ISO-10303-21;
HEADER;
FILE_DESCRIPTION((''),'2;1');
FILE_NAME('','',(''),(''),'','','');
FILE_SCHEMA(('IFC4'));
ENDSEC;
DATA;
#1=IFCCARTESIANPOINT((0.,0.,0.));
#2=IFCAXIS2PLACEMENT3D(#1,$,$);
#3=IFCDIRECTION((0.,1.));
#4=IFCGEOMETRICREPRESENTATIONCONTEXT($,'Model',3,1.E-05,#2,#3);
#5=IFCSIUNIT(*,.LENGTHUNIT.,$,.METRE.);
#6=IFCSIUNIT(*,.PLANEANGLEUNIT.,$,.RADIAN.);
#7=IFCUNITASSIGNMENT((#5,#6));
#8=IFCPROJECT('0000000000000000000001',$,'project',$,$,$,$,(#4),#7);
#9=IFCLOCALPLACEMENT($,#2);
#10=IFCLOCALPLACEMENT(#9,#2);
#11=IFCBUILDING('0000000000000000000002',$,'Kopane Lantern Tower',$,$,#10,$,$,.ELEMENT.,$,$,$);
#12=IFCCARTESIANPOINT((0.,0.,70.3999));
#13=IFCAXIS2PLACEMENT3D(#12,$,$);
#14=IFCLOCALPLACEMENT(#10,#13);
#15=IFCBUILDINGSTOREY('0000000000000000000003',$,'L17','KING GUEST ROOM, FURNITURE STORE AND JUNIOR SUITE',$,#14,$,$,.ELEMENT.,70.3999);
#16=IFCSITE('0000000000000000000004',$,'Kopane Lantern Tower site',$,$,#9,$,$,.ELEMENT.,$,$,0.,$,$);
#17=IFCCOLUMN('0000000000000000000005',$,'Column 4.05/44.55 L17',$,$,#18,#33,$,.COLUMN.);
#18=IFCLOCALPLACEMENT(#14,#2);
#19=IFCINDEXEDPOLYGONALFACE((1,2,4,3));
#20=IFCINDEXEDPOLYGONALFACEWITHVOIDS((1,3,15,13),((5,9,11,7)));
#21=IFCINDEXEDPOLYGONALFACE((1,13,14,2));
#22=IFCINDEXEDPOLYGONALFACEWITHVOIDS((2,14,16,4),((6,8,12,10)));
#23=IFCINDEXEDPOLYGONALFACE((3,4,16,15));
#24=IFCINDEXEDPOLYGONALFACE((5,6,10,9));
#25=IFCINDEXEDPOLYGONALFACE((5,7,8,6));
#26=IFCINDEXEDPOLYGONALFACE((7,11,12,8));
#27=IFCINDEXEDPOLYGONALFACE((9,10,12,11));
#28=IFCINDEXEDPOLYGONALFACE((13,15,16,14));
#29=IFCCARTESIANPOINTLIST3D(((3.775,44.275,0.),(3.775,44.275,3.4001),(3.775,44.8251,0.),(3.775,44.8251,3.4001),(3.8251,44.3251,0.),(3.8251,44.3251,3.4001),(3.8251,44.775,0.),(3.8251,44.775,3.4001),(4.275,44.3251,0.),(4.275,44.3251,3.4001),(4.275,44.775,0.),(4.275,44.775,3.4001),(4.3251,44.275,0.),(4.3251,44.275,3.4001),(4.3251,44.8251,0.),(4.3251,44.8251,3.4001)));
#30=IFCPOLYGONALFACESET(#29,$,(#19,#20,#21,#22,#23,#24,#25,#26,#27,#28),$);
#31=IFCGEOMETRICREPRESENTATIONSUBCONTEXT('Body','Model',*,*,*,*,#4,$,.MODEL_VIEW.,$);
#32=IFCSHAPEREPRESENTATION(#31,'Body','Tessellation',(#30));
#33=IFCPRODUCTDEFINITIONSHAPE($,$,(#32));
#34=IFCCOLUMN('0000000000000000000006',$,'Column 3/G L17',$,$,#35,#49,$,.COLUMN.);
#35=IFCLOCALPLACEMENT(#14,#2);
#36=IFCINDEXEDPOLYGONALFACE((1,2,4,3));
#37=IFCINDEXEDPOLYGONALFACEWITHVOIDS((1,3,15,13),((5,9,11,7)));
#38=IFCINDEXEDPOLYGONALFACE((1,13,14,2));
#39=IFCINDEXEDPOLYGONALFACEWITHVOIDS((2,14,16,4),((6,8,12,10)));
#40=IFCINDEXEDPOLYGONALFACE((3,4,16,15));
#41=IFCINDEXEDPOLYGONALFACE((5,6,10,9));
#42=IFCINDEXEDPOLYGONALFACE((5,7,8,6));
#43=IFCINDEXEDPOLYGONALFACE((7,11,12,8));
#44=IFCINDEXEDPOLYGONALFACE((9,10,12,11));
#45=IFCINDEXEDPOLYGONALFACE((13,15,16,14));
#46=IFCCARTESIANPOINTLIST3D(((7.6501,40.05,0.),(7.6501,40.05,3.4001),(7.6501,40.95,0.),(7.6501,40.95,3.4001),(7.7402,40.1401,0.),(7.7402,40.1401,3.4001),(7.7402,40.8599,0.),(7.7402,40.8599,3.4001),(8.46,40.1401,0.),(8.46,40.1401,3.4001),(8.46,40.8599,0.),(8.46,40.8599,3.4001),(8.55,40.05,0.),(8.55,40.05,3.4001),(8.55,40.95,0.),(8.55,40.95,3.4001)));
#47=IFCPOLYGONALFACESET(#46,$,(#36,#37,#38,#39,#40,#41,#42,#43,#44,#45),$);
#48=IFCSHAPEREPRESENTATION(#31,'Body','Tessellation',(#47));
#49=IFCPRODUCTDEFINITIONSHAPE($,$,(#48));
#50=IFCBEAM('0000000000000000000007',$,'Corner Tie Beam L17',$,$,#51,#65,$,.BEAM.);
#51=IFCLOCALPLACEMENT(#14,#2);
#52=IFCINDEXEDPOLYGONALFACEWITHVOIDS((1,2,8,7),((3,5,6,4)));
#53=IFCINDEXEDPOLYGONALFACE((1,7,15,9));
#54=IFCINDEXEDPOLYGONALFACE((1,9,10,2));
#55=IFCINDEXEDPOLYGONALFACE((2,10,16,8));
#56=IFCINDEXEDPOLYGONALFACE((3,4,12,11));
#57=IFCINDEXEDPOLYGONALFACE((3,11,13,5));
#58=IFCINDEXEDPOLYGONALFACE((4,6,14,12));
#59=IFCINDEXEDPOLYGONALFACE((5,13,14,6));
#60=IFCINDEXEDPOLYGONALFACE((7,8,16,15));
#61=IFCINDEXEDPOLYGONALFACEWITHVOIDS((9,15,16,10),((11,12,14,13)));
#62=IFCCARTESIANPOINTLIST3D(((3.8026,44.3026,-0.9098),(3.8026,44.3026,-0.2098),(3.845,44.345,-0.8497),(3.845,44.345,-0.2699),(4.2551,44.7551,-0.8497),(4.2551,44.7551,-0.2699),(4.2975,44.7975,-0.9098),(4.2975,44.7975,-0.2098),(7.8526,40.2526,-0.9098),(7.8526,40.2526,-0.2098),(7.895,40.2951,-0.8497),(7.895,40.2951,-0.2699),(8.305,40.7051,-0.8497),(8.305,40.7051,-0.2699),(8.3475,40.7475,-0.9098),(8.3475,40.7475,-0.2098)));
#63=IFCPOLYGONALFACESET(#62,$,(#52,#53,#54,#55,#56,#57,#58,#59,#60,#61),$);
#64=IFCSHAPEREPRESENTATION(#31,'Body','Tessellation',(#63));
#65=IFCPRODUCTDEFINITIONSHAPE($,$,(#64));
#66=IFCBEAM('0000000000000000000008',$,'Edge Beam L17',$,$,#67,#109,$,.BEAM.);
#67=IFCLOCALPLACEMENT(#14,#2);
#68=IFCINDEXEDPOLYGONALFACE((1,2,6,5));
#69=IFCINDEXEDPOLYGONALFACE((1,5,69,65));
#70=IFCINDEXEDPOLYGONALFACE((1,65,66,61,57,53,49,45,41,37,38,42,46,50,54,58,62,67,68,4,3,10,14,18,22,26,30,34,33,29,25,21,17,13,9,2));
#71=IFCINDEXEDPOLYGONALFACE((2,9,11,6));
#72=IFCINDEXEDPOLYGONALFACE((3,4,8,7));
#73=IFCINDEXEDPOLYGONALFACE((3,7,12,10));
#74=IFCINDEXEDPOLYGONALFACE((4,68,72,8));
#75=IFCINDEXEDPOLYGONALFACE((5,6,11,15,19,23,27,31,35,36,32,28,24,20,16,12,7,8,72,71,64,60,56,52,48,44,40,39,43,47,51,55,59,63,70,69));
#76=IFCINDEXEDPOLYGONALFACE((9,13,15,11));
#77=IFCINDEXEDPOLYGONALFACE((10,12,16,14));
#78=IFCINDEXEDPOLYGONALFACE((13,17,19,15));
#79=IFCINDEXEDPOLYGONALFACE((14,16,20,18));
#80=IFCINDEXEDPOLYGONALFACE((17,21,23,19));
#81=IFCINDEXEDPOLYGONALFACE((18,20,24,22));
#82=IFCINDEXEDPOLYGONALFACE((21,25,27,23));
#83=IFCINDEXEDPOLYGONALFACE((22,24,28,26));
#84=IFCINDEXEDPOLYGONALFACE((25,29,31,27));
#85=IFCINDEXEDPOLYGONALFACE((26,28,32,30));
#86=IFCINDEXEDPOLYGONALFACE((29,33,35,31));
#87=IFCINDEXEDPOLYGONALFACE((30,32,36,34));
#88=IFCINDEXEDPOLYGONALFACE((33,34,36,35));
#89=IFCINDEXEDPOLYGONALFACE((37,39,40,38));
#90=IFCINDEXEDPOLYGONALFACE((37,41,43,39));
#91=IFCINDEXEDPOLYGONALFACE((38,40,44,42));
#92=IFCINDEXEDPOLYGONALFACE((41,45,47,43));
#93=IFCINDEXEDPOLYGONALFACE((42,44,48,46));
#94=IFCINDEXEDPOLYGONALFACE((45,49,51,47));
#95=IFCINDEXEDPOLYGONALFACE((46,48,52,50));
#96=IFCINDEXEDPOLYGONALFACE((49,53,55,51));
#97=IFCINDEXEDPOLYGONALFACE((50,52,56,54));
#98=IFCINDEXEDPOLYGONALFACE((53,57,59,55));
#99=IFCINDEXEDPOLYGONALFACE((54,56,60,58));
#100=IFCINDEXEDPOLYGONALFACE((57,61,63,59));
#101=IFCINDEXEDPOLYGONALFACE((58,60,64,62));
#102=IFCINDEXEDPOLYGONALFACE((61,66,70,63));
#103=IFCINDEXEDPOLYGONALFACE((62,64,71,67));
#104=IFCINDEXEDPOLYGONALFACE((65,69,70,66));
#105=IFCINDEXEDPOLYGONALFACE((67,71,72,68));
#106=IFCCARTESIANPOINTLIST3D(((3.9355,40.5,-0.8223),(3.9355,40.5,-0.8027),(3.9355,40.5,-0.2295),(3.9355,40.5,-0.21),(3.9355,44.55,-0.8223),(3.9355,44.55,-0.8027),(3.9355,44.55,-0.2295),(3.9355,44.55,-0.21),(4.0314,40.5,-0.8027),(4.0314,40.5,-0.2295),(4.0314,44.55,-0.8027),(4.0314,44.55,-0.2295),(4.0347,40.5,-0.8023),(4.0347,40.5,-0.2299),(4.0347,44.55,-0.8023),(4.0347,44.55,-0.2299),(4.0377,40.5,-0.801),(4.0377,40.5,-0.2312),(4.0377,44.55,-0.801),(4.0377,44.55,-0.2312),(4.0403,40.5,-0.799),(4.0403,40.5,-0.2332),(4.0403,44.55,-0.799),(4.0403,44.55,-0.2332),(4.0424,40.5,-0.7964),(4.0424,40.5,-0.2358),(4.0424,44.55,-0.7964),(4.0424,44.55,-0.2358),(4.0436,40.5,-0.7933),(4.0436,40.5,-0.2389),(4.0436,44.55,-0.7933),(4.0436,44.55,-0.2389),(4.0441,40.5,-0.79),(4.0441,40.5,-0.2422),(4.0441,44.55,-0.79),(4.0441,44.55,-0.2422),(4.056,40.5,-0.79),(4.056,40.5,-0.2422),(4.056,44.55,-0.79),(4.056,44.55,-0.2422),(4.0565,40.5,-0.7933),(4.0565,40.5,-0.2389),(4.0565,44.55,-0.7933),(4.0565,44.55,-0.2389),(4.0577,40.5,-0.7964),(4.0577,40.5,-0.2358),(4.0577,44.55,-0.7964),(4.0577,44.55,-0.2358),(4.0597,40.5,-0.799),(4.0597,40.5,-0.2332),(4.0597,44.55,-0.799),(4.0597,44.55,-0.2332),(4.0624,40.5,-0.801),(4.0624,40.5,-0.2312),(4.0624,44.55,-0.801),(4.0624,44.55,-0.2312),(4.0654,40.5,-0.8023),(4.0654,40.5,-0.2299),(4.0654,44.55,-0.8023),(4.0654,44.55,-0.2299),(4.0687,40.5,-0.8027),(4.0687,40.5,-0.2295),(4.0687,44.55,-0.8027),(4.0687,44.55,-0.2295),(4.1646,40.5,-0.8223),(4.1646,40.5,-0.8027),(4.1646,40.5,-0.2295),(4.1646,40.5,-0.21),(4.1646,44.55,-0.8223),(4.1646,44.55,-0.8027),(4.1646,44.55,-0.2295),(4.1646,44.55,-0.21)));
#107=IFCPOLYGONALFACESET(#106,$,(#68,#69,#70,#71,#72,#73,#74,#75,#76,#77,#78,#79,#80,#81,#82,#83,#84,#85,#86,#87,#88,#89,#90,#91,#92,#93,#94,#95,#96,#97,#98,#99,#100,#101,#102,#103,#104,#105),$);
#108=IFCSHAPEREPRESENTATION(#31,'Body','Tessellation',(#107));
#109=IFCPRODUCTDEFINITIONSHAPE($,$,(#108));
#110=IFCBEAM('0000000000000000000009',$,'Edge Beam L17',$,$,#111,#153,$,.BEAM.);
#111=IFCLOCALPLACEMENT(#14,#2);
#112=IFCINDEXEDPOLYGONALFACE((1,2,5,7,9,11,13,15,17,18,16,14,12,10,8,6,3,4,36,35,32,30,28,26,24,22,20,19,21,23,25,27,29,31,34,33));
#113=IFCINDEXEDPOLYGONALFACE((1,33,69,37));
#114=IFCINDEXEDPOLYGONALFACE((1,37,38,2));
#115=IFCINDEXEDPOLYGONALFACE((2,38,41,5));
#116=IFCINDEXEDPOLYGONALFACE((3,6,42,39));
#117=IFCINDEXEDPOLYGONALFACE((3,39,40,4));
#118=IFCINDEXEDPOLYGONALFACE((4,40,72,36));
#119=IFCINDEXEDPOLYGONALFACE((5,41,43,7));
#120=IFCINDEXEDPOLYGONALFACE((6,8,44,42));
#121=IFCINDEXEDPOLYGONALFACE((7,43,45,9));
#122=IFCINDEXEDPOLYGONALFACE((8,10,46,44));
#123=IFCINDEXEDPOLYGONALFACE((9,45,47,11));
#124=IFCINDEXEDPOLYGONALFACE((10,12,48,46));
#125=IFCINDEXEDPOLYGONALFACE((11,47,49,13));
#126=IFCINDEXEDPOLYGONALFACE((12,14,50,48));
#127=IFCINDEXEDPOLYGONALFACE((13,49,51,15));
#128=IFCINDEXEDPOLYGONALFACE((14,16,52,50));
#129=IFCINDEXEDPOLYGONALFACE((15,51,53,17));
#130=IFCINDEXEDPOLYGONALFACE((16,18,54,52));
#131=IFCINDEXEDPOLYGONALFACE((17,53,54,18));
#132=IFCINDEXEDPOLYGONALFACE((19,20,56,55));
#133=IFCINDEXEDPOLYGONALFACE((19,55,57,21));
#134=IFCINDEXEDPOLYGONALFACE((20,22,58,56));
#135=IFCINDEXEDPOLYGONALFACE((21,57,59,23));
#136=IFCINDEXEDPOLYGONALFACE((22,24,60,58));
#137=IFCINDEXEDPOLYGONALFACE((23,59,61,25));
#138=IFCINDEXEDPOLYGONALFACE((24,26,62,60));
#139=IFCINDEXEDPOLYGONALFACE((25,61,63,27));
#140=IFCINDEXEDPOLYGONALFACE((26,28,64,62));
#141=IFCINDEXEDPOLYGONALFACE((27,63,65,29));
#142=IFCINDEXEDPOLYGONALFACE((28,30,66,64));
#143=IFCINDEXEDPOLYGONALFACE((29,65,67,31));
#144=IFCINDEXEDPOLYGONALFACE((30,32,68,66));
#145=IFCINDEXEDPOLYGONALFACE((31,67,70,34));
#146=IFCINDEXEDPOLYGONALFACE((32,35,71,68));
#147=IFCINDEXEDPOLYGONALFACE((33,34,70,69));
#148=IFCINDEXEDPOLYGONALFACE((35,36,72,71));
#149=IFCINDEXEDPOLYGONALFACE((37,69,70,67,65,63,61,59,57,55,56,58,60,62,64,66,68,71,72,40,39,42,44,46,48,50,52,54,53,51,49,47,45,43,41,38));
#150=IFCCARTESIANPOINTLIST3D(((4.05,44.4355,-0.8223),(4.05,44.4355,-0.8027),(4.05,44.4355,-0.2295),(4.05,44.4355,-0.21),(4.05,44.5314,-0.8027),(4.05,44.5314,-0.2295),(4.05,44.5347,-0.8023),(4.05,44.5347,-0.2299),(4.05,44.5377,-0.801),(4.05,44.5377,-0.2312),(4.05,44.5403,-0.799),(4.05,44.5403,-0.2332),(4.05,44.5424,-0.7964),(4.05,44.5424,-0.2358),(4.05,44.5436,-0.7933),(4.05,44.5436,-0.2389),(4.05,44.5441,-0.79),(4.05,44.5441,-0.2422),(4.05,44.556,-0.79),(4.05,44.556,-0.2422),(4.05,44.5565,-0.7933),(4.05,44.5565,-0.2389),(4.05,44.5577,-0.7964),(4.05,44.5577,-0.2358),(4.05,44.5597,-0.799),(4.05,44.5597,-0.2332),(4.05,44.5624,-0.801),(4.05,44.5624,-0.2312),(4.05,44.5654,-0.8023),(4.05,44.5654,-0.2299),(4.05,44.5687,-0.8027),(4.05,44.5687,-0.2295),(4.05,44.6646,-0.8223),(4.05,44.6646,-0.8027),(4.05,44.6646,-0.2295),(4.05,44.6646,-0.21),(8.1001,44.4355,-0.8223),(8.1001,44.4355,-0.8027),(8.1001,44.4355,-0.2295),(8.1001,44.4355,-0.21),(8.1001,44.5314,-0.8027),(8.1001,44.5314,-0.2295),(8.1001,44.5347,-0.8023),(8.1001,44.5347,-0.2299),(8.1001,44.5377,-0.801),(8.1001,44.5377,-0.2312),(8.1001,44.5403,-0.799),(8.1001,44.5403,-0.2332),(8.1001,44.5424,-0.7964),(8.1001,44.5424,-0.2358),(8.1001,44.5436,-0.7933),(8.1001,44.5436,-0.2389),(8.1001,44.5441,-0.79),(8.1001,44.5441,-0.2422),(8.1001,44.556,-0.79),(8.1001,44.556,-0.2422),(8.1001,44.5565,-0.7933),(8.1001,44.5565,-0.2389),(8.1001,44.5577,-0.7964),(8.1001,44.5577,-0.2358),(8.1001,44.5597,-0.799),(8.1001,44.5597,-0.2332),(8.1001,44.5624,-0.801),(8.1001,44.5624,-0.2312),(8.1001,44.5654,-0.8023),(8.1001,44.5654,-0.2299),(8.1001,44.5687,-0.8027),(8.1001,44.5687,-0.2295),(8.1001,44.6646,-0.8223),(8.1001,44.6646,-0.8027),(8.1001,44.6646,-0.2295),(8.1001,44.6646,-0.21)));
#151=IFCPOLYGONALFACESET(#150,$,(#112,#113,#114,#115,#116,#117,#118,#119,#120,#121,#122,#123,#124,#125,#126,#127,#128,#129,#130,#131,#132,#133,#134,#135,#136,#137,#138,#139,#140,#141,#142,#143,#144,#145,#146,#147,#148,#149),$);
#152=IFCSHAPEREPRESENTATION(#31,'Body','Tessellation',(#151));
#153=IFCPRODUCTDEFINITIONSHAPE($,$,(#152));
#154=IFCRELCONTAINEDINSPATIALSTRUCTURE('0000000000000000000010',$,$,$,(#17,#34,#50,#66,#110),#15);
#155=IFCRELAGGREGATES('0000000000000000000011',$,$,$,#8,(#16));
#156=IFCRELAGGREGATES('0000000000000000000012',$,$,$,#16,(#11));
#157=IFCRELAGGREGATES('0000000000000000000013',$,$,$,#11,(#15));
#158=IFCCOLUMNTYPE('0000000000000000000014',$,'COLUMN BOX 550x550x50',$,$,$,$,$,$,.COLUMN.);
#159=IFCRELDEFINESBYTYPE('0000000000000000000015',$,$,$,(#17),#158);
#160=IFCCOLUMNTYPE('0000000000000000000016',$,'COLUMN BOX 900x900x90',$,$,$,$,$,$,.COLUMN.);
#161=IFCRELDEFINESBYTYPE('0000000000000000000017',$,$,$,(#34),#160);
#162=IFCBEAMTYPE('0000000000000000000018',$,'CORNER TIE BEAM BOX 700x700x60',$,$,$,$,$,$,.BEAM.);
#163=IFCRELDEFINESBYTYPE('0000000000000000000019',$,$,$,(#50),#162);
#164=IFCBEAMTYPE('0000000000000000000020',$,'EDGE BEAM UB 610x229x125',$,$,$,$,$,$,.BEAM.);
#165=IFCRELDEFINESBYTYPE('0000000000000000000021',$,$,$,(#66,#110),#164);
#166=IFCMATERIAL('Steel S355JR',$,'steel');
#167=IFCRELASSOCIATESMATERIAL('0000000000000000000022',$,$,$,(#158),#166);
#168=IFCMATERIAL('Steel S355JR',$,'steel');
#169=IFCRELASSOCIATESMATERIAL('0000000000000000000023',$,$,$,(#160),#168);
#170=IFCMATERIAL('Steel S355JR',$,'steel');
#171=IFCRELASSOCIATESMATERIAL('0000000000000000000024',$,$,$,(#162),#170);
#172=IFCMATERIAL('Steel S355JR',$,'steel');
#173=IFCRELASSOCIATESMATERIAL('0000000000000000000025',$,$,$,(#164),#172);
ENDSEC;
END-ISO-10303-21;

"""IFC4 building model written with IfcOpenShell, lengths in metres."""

from ifc_helpers import new_model, si_unit, direction, frame, origin, origin_2d, place, context, subcontext, project, spatial, hollow_rectangle, i_section, extrude, material, material_profile, profile_set, type_object, element, save


model = new_model("IFC4")

# Units and contexts
model_context = context("Model", 3, precision=1e-05, world=origin(), true_north=direction((0.0, 1.0)))
body_context = subcontext(model_context, "Body", "Model", "MODEL_VIEW")
ifc_project = project(units=[si_unit("LENGTHUNIT", "METRE"), si_unit("PLANEANGLEUNIT", "RADIAN")], contexts=[model_context])

# Site, building, storey
site_placement = place(None, origin())
site = spatial("IfcSite", under=ifc_project, at=site_placement, Name="Kopane Lantern Tower site", CompositionType="ELEMENT", RefElevation=0.0)
building_placement = place(site_placement, origin())
building = spatial("IfcBuilding", under=site, at=building_placement, Name="Kopane Lantern Tower", CompositionType="ELEMENT")
storey_placement = place(building_placement, frame((0.0, 0.0, 70.3999)))
storey = spatial("IfcBuildingStorey", under=building, at=storey_placement, Name="L17", Description="KING GUEST ROOM, FURNITURE STORE AND JUNIOR SUITE", CompositionType="ELEMENT", Elevation=70.3999)

# Columns
ifc_material_1 = material(Name="Steel S355JR", Category="steel")
ifc_material_profile_1 = material_profile(ifc_material_1, hollow_rectangle(XDim=0.55, YDim=0.55, WallThickness=0.05, at=origin_2d()), Name="BOX 550x550x50")
ifc_profile_set_1 = profile_set([ifc_material_profile_1], Name="Steel S355JR")
column_type_1 = type_object("IfcColumnType", Name="COLUMN BOX 550x550x50", PredefinedType="COLUMN", material=ifc_profile_set_1)
column_1_placement = place(storey_placement, frame((4.05, 44.55, 0.0), z_axis=(0.0, 0.0, 1.0), x_axis=(1.0, 0.0, 0.0)))
element("IfcColumn", 1, at=column_1_placement, inside=storey, type_object=column_type_1, Name="Column 4.05/44.55 L17", PredefinedType="COLUMN", context=body_context, shape_type="SweptSolid", body=[
    extrude(hollow_rectangle(XDim=0.55, YDim=0.55, WallThickness=0.05, at=origin_2d()), origin(), (0.0, 0.0, 1.0), 3.4001),
])
ifc_material_2 = material(Name="Steel S355JR", Category="steel")
ifc_material_profile_2 = material_profile(ifc_material_2, hollow_rectangle(XDim=0.8999, YDim=0.8999, WallThickness=0.0901, at=origin_2d()), Name="BOX 900x900x90")
ifc_profile_set_2 = profile_set([ifc_material_profile_2], Name="Steel S355JR")
column_type_2 = type_object("IfcColumnType", Name="COLUMN BOX 900x900x90", PredefinedType="COLUMN", material=ifc_profile_set_2)
column_2_placement = place(storey_placement, frame((8.1001, 40.5, 0.0), z_axis=(0.0, 0.0, 1.0), x_axis=(1.0, 0.0, 0.0)))
element("IfcColumn", 2, at=column_2_placement, inside=storey, type_object=column_type_2, Name="Column 3/G L17", PredefinedType="COLUMN", context=body_context, shape_type="SweptSolid", body=[
    extrude(hollow_rectangle(XDim=0.8999, YDim=0.8999, WallThickness=0.0901, at=origin_2d()), origin(), (0.0, 0.0, 1.0), 3.4001),
])

# Beams
ifc_material_3 = material(Name="Steel S355JR", Category="steel")
ifc_material_profile_3 = material_profile(ifc_material_3, hollow_rectangle(XDim=0.7, YDim=0.7, WallThickness=0.0601, at=origin_2d()), Name="BOX 700x700x60")
ifc_profile_set_3 = profile_set([ifc_material_profile_3], Name="Steel S355JR")
beam_type_1 = type_object("IfcBeamType", Name="CORNER TIE BEAM BOX 700x700x60", PredefinedType="BEAM", material=ifc_profile_set_3)
beam_1_placement = place(storey_placement, frame((4.05, 44.55, -0.5598), z_axis=(0.707107, -0.707107, 0.0), x_axis=(0.707107, 0.707107, 0.0)))
element("IfcBeam", 3, at=beam_1_placement, inside=storey, type_object=beam_type_1, Name="Corner Tie Beam L17", PredefinedType="BEAM", context=body_context, shape_type="SweptSolid", body=[
    extrude(hollow_rectangle(XDim=0.7, YDim=0.7, WallThickness=0.0601, at=origin_2d()), origin(), (0.0, 0.0, 1.0), 5.7275),
])
ifc_material_4 = material(Name="Steel S355JR", Category="steel")
ifc_material_profile_4 = material_profile(ifc_material_4, i_section(OverallWidth=0.229, OverallDepth=0.6123, WebThickness=0.012, FlangeThickness=0.0195, FilletRadius=0.0127, at=origin_2d()), Name="UB 610x229x125")
ifc_profile_set_4 = profile_set([ifc_material_profile_4], Name="Steel S355JR")
beam_type_2 = type_object("IfcBeamType", Name="EDGE BEAM UB 610x229x125", PredefinedType="BEAM", material=ifc_profile_set_4)
for number, where, z_axis, x_axis, name in (
    (4, (4.05, 44.55, -0.5161), (0.0, -1.0, 0.0), (1.0, 0.0, 0.0), "Edge Beam L17"),
    (5, (4.05, 44.55, -0.5161), (1.0, 0.0, 0.0), (0.0, 1.0, 0.0), "Edge Beam L17"),
):
    element("IfcBeam", number, at=place(storey_placement, frame(where, z_axis=z_axis, x_axis=x_axis)), inside=storey, type_object=beam_type_2, Name=name, PredefinedType="BEAM", context=body_context, shape_type="SweptSolid", body=[
        extrude(i_section(OverallWidth=0.229, OverallDepth=0.6123, WebThickness=0.012, FlangeThickness=0.0195, FilletRadius=0.0127, at=origin_2d()), origin(), (0.0, 0.0, 1.0), 4.05),
    ])

save(model, "model.ifc")
